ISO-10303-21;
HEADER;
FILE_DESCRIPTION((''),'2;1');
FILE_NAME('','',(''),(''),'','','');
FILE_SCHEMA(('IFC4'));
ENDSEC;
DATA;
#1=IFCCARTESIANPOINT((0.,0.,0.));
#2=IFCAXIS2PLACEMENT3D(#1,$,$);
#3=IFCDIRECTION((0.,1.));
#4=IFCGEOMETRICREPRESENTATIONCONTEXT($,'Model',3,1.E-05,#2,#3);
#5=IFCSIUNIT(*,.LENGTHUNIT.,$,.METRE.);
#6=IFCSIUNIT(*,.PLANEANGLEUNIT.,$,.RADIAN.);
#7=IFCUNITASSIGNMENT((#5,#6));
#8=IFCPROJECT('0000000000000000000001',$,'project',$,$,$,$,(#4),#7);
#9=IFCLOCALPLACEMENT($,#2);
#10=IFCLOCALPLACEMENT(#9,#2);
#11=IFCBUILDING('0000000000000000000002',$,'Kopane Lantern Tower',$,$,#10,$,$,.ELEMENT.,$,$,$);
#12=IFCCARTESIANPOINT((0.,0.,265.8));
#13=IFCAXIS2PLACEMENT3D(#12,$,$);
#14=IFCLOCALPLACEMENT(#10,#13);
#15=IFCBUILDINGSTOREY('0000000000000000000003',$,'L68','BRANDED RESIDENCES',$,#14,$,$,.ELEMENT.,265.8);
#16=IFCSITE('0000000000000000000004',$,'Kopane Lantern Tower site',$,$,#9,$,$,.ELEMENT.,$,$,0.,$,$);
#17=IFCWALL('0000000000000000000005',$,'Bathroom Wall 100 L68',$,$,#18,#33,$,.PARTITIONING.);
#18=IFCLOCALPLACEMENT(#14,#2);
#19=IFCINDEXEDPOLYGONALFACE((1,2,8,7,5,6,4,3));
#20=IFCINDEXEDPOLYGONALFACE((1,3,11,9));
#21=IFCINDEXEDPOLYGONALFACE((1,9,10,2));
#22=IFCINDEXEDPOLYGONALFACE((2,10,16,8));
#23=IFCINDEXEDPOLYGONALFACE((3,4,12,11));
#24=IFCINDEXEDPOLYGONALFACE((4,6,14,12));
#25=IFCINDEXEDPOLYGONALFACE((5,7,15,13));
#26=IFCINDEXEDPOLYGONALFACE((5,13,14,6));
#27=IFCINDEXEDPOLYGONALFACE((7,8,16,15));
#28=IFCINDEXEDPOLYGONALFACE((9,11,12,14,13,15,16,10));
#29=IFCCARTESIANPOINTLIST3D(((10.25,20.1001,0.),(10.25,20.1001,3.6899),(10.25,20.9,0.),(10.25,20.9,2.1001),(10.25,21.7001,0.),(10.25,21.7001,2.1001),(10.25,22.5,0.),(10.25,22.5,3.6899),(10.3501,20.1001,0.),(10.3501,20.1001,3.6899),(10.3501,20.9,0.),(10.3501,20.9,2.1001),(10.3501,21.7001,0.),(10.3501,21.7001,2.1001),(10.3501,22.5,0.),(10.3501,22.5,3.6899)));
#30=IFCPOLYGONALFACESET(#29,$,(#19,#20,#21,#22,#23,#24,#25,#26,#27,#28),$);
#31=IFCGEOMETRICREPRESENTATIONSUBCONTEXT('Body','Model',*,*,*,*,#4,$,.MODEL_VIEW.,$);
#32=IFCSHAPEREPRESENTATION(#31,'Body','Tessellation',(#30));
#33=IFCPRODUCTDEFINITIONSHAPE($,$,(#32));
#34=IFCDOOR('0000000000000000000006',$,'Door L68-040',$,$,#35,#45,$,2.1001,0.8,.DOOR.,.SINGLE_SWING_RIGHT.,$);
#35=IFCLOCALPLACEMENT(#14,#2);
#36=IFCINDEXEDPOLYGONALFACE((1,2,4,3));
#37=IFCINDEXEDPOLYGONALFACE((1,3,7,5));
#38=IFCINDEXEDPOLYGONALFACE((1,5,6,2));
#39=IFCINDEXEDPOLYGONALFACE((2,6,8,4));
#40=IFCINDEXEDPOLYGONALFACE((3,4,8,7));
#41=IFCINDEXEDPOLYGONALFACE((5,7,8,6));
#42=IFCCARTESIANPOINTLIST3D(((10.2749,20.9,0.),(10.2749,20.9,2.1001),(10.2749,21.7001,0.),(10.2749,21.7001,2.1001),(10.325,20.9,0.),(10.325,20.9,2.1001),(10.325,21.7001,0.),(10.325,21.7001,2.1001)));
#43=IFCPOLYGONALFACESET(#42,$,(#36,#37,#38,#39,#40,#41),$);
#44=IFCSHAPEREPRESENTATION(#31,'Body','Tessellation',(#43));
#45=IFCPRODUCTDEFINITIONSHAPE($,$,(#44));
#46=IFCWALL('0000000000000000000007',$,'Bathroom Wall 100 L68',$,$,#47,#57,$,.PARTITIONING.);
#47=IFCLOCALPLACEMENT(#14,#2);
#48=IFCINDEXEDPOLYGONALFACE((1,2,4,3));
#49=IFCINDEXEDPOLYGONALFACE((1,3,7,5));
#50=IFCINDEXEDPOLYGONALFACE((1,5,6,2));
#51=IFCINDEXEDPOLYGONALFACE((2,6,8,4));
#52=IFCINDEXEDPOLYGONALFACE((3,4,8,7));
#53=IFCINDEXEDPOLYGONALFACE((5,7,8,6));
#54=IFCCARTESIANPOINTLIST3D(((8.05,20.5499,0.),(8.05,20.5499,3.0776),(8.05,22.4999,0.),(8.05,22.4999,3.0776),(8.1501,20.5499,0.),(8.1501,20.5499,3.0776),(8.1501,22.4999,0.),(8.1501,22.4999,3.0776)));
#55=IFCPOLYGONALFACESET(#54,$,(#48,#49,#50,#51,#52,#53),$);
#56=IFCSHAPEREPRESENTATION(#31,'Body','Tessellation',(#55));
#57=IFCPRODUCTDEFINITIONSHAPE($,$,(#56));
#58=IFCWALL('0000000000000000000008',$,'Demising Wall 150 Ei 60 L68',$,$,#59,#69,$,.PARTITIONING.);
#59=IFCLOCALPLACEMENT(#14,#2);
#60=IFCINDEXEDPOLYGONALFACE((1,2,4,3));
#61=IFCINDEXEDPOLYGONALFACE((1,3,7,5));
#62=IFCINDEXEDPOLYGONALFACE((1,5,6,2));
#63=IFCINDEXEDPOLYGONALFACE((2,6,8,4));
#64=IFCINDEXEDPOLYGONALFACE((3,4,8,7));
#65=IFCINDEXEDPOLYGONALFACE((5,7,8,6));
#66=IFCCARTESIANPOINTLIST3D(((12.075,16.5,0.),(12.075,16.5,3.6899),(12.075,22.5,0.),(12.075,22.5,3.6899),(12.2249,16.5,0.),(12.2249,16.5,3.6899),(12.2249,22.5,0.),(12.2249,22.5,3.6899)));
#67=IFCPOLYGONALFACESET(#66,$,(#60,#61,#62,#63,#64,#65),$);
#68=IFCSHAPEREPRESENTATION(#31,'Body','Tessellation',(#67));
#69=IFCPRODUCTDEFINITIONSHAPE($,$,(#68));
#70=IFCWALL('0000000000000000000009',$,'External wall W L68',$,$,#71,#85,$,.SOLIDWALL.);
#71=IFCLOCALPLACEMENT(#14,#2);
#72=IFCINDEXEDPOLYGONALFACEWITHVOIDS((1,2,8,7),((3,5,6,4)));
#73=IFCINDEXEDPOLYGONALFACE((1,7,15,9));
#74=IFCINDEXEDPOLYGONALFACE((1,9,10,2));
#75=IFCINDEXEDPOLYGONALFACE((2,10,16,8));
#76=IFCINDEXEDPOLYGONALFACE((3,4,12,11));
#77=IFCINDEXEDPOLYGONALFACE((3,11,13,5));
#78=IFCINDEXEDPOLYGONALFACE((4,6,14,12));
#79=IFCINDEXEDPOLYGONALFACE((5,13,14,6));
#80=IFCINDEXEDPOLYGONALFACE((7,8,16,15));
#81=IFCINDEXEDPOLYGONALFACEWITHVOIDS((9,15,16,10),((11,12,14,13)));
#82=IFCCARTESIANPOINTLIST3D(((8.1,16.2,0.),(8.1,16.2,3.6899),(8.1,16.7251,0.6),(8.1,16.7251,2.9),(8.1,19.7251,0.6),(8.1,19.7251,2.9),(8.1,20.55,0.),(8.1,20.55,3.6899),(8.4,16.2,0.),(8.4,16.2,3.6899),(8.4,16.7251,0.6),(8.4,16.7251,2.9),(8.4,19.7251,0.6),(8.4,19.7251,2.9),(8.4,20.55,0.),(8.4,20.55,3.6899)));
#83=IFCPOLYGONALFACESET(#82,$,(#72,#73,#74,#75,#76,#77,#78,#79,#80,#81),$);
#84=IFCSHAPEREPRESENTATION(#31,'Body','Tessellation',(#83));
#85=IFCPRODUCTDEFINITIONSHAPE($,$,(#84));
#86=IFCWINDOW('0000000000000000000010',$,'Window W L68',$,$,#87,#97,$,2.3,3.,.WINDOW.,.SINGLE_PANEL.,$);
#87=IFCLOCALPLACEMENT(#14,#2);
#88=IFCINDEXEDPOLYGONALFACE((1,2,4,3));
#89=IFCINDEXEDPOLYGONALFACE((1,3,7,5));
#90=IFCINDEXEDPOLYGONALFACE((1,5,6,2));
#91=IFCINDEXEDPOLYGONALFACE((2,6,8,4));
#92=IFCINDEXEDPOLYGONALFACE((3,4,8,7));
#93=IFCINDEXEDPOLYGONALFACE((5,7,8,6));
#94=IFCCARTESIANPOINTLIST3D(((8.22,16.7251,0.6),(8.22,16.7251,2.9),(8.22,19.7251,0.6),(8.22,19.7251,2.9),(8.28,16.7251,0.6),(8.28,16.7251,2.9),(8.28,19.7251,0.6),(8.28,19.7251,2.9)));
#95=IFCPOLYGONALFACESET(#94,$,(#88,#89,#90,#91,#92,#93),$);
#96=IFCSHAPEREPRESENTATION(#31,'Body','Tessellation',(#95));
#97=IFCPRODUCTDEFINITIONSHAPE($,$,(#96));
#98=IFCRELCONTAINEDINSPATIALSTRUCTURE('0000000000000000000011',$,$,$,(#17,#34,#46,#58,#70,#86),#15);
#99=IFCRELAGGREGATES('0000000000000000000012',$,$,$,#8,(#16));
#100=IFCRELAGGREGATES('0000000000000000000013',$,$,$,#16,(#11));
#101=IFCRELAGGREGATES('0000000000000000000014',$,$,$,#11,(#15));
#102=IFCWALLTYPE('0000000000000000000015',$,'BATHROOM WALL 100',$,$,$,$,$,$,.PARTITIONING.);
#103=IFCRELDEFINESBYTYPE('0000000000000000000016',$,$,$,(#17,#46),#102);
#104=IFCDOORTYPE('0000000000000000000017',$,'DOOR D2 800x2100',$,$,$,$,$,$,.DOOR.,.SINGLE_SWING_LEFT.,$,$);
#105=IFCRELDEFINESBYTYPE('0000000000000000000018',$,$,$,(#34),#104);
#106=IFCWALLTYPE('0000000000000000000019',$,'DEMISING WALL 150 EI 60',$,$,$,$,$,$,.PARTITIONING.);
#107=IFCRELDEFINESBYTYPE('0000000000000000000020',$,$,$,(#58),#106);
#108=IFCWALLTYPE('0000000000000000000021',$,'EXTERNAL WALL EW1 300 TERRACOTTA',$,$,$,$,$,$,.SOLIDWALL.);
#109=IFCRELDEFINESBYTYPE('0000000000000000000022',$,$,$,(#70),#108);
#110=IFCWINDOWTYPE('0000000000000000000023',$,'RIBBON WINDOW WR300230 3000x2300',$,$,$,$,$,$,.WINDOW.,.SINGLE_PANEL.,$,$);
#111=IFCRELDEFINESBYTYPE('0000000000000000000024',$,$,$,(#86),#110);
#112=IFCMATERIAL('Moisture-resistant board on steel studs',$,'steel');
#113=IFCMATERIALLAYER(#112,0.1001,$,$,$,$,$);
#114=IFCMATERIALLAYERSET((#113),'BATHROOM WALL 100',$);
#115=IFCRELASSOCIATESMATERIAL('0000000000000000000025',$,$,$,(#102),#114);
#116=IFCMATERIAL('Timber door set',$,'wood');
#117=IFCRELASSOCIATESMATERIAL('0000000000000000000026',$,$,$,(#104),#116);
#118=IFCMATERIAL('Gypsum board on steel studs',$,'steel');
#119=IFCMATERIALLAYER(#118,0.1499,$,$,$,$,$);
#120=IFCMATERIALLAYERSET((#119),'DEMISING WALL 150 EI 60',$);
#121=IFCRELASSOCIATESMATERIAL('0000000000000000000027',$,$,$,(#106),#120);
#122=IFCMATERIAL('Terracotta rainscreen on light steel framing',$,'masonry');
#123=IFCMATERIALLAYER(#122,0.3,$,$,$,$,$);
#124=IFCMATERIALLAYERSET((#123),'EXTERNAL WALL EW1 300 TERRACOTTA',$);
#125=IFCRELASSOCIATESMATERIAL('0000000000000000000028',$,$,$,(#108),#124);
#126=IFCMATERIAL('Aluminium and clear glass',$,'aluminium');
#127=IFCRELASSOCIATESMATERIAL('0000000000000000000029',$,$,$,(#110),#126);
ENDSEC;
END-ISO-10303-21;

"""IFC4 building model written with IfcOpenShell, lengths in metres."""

from ifc_helpers import new_model, si_unit, direction, frame, frame_2d, origin, place, context, subcontext, project, spatial, rectangle, extrude, material, layer, layer_set, type_object, element, fill, save


model = new_model("IFC4")

# Units and contexts
model_context = context("Model", 3, precision=1e-05, world=origin(), true_north=direction((0.0, 1.0)))
body_context = subcontext(model_context, "Body", "Model", "MODEL_VIEW")
ifc_project = project(units=[si_unit("LENGTHUNIT", "METRE"), si_unit("PLANEANGLEUNIT", "RADIAN")], contexts=[model_context])

# Site, building, storey
site_placement = place(None, origin())
site = spatial("IfcSite", under=ifc_project, at=site_placement, Name="Kopane Lantern Tower site", CompositionType="ELEMENT", RefElevation=0.0)
building_placement = place(site_placement, origin())
building = spatial("IfcBuilding", under=site, at=building_placement, Name="Kopane Lantern Tower", CompositionType="ELEMENT")
storey_placement = place(building_placement, frame((0.0, 0.0, 265.8)))
storey = spatial("IfcBuildingStorey", under=building, at=storey_placement, Name="L68", Description="BRANDED RESIDENCES", CompositionType="ELEMENT", Elevation=265.8)

# Wall, opening, door
ifc_material_1 = material(Name="Moisture-resistant board on steel studs", Category="steel")
ifc_layer_1 = layer(ifc_material_1, 0.1001)
ifc_layer_set_1 = layer_set([ifc_layer_1], Name="BATHROOM WALL 100")
wall_type_1 = type_object("IfcWallType", Name="BATHROOM WALL 100", PredefinedType="PARTITIONING", material=ifc_layer_set_1)
wall_1_placement = place(storey_placement, frame((10.3, 22.5, 0.0), z_axis=(0.0, 0.0, 1.0), x_axis=(0.0, -1.0, 0.0)))
wall_1 = element("IfcWall", 1, at=wall_1_placement, inside=storey, type_object=wall_type_1, Name="Bathroom Wall 100 L68", PredefinedType="PARTITIONING", context=body_context, shape_type="SweptSolid", body=[
    extrude(rectangle(XDim=2.3999, YDim=0.1001, at=frame_2d((1.2, 0.0))), origin(), (0.0, 0.0, 1.0), 3.6899),
])
opening_1_placement = place(wall_1_placement, frame((0.8, 0.0, 0.0)))
opening_1 = element("IfcOpeningElement", 2, at=opening_1_placement, cuts=wall_1, PredefinedType="OPENING", context=body_context, shape_type="SweptSolid", body=[
    extrude(rectangle(XDim=0.8, YDim=2.1001, at=frame_2d((0.3999, 1.05))), frame((0.0, 0.0601, 0.0), z_axis=(0.0, -1.0, 0.0), x_axis=(1.0, 0.0, 0.0)), (0.0, 0.0, 1.0), 0.1201),
])
ifc_material_2 = material(Name="Timber door set", Category="wood")
door_type = type_object("IfcDoorType", Name="DOOR D2 800x2100", OperationType="SINGLE_SWING_LEFT", PredefinedType="DOOR", material=ifc_material_2)
door_placement = place(opening_1_placement, origin())
door = element("IfcDoor", 3, at=door_placement, inside=storey, type_object=door_type, Name="Door L68-040", OperationType="SINGLE_SWING_RIGHT", OverallHeight=2.1001, OverallWidth=0.8, PredefinedType="DOOR", context=body_context, shape_type="SweptSolid", body=[
    extrude(rectangle(XDim=0.8, YDim=2.1001, at=frame_2d((0.3999, 1.05))), frame((0.0, 0.0249, 0.0), z_axis=(0.0, -1.0, 0.0), x_axis=(1.0, 0.0, 0.0)), (0.0, 0.0, 1.0), 0.05),
])
fill(opening_1, door)

# Walls
wall_2_placement = place(storey_placement, frame((8.1001, 22.5, 0.0), z_axis=(0.0, 0.0, 1.0), x_axis=(0.0, -1.0, 0.0)))
element("IfcWall", 4, at=wall_2_placement, inside=storey, type_object=wall_type_1, Name="Bathroom Wall 100 L68", PredefinedType="PARTITIONING", context=body_context, shape_type="SweptSolid", body=[
    extrude(rectangle(XDim=1.95, YDim=0.1001, at=frame_2d((0.9751, 0.0))), origin(), (0.0, 0.0, 1.0), 3.0776),
])
ifc_material_3 = material(Name="Gypsum board on steel studs", Category="steel")
ifc_layer_2 = layer(ifc_material_3, 0.1499)
ifc_layer_set_2 = layer_set([ifc_layer_2], Name="DEMISING WALL 150 EI 60")
wall_type_2 = type_object("IfcWallType", Name="DEMISING WALL 150 EI 60", PredefinedType="PARTITIONING", material=ifc_layer_set_2)
wall_3_placement = place(storey_placement, frame((12.1499, 22.5, 0.0), z_axis=(0.0, 0.0, 1.0), x_axis=(0.0, -1.0, 0.0)))
element("IfcWall", 5, at=wall_3_placement, inside=storey, type_object=wall_type_2, Name="Demising Wall 150 Ei 60 L68", PredefinedType="PARTITIONING", context=body_context, shape_type="SweptSolid", body=[
    extrude(rectangle(XDim=6.0, YDim=0.1499, at=frame_2d((3.0, 0.0))), origin(), (0.0, 0.0, 1.0), 3.6899),
])

# Shared definitions
ifc_material_4 = material(Name="Terracotta rainscreen on light steel framing", Category="masonry")
ifc_layer_3 = layer(ifc_material_4, 0.3)
ifc_layer_set_3 = layer_set([ifc_layer_3], Name="EXTERNAL WALL EW1 300 TERRACOTTA")
wall_type_3 = type_object("IfcWallType", Name="EXTERNAL WALL EW1 300 TERRACOTTA", PredefinedType="SOLIDWALL", material=ifc_layer_set_3)

# Wall, opening, window
wall_4_placement = place(storey_placement, frame((8.25, 20.55, 0.0), z_axis=(0.0, 0.0, 1.0), x_axis=(0.0, -1.0, 0.0)))
wall_4 = element("IfcWall", 6, at=wall_4_placement, inside=storey, type_object=wall_type_3, Name="External wall W L68", PredefinedType="SOLIDWALL", context=body_context, shape_type="SweptSolid", body=[
    extrude(rectangle(XDim=4.3501, YDim=0.3, at=frame_2d((2.175, 0.0))), origin(), (0.0, 0.0, 1.0), 3.6899),
])
opening_2_placement = place(wall_4_placement, frame((0.825, 0.0, 0.6001)))
opening_2 = element("IfcOpeningElement", 7, at=opening_2_placement, cuts=wall_4, PredefinedType="OPENING", context=body_context, shape_type="SweptSolid", body=[
    extrude(rectangle(XDim=3.0, YDim=2.3, at=frame_2d((1.5, 1.1499))), frame((0.0, 0.1599, 0.0), z_axis=(0.0, -1.0, 0.0), x_axis=(1.0, 0.0, 0.0)), (0.0, 0.0, 1.0), 0.3201),
])
ifc_material_5 = material(Name="Aluminium and clear glass", Category="aluminium")
window_type_1 = type_object("IfcWindowType", Name="RIBBON WINDOW WR300230 3000x2300", PartitioningType="SINGLE_PANEL", PredefinedType="WINDOW", material=ifc_material_5)
window_1_placement = place(opening_2_placement, origin())
window_1 = element("IfcWindow", 8, at=window_1_placement, inside=storey, type_object=window_type_1, Name="Window W L68", OverallHeight=2.3, OverallWidth=3.0, PartitioningType="SINGLE_PANEL", PredefinedType="WINDOW", context=body_context, shape_type="SweptSolid", body=[
    extrude(rectangle(XDim=3.0, YDim=2.3, at=frame_2d((1.5, 1.1499))), frame((0.0, 0.03, 0.0), z_axis=(0.0, -1.0, 0.0), x_axis=(1.0, 0.0, 0.0)), (0.0, 0.0, 1.0), 0.0601),
])
fill(opening_2, window_1)

save(model, "model.ifc")
